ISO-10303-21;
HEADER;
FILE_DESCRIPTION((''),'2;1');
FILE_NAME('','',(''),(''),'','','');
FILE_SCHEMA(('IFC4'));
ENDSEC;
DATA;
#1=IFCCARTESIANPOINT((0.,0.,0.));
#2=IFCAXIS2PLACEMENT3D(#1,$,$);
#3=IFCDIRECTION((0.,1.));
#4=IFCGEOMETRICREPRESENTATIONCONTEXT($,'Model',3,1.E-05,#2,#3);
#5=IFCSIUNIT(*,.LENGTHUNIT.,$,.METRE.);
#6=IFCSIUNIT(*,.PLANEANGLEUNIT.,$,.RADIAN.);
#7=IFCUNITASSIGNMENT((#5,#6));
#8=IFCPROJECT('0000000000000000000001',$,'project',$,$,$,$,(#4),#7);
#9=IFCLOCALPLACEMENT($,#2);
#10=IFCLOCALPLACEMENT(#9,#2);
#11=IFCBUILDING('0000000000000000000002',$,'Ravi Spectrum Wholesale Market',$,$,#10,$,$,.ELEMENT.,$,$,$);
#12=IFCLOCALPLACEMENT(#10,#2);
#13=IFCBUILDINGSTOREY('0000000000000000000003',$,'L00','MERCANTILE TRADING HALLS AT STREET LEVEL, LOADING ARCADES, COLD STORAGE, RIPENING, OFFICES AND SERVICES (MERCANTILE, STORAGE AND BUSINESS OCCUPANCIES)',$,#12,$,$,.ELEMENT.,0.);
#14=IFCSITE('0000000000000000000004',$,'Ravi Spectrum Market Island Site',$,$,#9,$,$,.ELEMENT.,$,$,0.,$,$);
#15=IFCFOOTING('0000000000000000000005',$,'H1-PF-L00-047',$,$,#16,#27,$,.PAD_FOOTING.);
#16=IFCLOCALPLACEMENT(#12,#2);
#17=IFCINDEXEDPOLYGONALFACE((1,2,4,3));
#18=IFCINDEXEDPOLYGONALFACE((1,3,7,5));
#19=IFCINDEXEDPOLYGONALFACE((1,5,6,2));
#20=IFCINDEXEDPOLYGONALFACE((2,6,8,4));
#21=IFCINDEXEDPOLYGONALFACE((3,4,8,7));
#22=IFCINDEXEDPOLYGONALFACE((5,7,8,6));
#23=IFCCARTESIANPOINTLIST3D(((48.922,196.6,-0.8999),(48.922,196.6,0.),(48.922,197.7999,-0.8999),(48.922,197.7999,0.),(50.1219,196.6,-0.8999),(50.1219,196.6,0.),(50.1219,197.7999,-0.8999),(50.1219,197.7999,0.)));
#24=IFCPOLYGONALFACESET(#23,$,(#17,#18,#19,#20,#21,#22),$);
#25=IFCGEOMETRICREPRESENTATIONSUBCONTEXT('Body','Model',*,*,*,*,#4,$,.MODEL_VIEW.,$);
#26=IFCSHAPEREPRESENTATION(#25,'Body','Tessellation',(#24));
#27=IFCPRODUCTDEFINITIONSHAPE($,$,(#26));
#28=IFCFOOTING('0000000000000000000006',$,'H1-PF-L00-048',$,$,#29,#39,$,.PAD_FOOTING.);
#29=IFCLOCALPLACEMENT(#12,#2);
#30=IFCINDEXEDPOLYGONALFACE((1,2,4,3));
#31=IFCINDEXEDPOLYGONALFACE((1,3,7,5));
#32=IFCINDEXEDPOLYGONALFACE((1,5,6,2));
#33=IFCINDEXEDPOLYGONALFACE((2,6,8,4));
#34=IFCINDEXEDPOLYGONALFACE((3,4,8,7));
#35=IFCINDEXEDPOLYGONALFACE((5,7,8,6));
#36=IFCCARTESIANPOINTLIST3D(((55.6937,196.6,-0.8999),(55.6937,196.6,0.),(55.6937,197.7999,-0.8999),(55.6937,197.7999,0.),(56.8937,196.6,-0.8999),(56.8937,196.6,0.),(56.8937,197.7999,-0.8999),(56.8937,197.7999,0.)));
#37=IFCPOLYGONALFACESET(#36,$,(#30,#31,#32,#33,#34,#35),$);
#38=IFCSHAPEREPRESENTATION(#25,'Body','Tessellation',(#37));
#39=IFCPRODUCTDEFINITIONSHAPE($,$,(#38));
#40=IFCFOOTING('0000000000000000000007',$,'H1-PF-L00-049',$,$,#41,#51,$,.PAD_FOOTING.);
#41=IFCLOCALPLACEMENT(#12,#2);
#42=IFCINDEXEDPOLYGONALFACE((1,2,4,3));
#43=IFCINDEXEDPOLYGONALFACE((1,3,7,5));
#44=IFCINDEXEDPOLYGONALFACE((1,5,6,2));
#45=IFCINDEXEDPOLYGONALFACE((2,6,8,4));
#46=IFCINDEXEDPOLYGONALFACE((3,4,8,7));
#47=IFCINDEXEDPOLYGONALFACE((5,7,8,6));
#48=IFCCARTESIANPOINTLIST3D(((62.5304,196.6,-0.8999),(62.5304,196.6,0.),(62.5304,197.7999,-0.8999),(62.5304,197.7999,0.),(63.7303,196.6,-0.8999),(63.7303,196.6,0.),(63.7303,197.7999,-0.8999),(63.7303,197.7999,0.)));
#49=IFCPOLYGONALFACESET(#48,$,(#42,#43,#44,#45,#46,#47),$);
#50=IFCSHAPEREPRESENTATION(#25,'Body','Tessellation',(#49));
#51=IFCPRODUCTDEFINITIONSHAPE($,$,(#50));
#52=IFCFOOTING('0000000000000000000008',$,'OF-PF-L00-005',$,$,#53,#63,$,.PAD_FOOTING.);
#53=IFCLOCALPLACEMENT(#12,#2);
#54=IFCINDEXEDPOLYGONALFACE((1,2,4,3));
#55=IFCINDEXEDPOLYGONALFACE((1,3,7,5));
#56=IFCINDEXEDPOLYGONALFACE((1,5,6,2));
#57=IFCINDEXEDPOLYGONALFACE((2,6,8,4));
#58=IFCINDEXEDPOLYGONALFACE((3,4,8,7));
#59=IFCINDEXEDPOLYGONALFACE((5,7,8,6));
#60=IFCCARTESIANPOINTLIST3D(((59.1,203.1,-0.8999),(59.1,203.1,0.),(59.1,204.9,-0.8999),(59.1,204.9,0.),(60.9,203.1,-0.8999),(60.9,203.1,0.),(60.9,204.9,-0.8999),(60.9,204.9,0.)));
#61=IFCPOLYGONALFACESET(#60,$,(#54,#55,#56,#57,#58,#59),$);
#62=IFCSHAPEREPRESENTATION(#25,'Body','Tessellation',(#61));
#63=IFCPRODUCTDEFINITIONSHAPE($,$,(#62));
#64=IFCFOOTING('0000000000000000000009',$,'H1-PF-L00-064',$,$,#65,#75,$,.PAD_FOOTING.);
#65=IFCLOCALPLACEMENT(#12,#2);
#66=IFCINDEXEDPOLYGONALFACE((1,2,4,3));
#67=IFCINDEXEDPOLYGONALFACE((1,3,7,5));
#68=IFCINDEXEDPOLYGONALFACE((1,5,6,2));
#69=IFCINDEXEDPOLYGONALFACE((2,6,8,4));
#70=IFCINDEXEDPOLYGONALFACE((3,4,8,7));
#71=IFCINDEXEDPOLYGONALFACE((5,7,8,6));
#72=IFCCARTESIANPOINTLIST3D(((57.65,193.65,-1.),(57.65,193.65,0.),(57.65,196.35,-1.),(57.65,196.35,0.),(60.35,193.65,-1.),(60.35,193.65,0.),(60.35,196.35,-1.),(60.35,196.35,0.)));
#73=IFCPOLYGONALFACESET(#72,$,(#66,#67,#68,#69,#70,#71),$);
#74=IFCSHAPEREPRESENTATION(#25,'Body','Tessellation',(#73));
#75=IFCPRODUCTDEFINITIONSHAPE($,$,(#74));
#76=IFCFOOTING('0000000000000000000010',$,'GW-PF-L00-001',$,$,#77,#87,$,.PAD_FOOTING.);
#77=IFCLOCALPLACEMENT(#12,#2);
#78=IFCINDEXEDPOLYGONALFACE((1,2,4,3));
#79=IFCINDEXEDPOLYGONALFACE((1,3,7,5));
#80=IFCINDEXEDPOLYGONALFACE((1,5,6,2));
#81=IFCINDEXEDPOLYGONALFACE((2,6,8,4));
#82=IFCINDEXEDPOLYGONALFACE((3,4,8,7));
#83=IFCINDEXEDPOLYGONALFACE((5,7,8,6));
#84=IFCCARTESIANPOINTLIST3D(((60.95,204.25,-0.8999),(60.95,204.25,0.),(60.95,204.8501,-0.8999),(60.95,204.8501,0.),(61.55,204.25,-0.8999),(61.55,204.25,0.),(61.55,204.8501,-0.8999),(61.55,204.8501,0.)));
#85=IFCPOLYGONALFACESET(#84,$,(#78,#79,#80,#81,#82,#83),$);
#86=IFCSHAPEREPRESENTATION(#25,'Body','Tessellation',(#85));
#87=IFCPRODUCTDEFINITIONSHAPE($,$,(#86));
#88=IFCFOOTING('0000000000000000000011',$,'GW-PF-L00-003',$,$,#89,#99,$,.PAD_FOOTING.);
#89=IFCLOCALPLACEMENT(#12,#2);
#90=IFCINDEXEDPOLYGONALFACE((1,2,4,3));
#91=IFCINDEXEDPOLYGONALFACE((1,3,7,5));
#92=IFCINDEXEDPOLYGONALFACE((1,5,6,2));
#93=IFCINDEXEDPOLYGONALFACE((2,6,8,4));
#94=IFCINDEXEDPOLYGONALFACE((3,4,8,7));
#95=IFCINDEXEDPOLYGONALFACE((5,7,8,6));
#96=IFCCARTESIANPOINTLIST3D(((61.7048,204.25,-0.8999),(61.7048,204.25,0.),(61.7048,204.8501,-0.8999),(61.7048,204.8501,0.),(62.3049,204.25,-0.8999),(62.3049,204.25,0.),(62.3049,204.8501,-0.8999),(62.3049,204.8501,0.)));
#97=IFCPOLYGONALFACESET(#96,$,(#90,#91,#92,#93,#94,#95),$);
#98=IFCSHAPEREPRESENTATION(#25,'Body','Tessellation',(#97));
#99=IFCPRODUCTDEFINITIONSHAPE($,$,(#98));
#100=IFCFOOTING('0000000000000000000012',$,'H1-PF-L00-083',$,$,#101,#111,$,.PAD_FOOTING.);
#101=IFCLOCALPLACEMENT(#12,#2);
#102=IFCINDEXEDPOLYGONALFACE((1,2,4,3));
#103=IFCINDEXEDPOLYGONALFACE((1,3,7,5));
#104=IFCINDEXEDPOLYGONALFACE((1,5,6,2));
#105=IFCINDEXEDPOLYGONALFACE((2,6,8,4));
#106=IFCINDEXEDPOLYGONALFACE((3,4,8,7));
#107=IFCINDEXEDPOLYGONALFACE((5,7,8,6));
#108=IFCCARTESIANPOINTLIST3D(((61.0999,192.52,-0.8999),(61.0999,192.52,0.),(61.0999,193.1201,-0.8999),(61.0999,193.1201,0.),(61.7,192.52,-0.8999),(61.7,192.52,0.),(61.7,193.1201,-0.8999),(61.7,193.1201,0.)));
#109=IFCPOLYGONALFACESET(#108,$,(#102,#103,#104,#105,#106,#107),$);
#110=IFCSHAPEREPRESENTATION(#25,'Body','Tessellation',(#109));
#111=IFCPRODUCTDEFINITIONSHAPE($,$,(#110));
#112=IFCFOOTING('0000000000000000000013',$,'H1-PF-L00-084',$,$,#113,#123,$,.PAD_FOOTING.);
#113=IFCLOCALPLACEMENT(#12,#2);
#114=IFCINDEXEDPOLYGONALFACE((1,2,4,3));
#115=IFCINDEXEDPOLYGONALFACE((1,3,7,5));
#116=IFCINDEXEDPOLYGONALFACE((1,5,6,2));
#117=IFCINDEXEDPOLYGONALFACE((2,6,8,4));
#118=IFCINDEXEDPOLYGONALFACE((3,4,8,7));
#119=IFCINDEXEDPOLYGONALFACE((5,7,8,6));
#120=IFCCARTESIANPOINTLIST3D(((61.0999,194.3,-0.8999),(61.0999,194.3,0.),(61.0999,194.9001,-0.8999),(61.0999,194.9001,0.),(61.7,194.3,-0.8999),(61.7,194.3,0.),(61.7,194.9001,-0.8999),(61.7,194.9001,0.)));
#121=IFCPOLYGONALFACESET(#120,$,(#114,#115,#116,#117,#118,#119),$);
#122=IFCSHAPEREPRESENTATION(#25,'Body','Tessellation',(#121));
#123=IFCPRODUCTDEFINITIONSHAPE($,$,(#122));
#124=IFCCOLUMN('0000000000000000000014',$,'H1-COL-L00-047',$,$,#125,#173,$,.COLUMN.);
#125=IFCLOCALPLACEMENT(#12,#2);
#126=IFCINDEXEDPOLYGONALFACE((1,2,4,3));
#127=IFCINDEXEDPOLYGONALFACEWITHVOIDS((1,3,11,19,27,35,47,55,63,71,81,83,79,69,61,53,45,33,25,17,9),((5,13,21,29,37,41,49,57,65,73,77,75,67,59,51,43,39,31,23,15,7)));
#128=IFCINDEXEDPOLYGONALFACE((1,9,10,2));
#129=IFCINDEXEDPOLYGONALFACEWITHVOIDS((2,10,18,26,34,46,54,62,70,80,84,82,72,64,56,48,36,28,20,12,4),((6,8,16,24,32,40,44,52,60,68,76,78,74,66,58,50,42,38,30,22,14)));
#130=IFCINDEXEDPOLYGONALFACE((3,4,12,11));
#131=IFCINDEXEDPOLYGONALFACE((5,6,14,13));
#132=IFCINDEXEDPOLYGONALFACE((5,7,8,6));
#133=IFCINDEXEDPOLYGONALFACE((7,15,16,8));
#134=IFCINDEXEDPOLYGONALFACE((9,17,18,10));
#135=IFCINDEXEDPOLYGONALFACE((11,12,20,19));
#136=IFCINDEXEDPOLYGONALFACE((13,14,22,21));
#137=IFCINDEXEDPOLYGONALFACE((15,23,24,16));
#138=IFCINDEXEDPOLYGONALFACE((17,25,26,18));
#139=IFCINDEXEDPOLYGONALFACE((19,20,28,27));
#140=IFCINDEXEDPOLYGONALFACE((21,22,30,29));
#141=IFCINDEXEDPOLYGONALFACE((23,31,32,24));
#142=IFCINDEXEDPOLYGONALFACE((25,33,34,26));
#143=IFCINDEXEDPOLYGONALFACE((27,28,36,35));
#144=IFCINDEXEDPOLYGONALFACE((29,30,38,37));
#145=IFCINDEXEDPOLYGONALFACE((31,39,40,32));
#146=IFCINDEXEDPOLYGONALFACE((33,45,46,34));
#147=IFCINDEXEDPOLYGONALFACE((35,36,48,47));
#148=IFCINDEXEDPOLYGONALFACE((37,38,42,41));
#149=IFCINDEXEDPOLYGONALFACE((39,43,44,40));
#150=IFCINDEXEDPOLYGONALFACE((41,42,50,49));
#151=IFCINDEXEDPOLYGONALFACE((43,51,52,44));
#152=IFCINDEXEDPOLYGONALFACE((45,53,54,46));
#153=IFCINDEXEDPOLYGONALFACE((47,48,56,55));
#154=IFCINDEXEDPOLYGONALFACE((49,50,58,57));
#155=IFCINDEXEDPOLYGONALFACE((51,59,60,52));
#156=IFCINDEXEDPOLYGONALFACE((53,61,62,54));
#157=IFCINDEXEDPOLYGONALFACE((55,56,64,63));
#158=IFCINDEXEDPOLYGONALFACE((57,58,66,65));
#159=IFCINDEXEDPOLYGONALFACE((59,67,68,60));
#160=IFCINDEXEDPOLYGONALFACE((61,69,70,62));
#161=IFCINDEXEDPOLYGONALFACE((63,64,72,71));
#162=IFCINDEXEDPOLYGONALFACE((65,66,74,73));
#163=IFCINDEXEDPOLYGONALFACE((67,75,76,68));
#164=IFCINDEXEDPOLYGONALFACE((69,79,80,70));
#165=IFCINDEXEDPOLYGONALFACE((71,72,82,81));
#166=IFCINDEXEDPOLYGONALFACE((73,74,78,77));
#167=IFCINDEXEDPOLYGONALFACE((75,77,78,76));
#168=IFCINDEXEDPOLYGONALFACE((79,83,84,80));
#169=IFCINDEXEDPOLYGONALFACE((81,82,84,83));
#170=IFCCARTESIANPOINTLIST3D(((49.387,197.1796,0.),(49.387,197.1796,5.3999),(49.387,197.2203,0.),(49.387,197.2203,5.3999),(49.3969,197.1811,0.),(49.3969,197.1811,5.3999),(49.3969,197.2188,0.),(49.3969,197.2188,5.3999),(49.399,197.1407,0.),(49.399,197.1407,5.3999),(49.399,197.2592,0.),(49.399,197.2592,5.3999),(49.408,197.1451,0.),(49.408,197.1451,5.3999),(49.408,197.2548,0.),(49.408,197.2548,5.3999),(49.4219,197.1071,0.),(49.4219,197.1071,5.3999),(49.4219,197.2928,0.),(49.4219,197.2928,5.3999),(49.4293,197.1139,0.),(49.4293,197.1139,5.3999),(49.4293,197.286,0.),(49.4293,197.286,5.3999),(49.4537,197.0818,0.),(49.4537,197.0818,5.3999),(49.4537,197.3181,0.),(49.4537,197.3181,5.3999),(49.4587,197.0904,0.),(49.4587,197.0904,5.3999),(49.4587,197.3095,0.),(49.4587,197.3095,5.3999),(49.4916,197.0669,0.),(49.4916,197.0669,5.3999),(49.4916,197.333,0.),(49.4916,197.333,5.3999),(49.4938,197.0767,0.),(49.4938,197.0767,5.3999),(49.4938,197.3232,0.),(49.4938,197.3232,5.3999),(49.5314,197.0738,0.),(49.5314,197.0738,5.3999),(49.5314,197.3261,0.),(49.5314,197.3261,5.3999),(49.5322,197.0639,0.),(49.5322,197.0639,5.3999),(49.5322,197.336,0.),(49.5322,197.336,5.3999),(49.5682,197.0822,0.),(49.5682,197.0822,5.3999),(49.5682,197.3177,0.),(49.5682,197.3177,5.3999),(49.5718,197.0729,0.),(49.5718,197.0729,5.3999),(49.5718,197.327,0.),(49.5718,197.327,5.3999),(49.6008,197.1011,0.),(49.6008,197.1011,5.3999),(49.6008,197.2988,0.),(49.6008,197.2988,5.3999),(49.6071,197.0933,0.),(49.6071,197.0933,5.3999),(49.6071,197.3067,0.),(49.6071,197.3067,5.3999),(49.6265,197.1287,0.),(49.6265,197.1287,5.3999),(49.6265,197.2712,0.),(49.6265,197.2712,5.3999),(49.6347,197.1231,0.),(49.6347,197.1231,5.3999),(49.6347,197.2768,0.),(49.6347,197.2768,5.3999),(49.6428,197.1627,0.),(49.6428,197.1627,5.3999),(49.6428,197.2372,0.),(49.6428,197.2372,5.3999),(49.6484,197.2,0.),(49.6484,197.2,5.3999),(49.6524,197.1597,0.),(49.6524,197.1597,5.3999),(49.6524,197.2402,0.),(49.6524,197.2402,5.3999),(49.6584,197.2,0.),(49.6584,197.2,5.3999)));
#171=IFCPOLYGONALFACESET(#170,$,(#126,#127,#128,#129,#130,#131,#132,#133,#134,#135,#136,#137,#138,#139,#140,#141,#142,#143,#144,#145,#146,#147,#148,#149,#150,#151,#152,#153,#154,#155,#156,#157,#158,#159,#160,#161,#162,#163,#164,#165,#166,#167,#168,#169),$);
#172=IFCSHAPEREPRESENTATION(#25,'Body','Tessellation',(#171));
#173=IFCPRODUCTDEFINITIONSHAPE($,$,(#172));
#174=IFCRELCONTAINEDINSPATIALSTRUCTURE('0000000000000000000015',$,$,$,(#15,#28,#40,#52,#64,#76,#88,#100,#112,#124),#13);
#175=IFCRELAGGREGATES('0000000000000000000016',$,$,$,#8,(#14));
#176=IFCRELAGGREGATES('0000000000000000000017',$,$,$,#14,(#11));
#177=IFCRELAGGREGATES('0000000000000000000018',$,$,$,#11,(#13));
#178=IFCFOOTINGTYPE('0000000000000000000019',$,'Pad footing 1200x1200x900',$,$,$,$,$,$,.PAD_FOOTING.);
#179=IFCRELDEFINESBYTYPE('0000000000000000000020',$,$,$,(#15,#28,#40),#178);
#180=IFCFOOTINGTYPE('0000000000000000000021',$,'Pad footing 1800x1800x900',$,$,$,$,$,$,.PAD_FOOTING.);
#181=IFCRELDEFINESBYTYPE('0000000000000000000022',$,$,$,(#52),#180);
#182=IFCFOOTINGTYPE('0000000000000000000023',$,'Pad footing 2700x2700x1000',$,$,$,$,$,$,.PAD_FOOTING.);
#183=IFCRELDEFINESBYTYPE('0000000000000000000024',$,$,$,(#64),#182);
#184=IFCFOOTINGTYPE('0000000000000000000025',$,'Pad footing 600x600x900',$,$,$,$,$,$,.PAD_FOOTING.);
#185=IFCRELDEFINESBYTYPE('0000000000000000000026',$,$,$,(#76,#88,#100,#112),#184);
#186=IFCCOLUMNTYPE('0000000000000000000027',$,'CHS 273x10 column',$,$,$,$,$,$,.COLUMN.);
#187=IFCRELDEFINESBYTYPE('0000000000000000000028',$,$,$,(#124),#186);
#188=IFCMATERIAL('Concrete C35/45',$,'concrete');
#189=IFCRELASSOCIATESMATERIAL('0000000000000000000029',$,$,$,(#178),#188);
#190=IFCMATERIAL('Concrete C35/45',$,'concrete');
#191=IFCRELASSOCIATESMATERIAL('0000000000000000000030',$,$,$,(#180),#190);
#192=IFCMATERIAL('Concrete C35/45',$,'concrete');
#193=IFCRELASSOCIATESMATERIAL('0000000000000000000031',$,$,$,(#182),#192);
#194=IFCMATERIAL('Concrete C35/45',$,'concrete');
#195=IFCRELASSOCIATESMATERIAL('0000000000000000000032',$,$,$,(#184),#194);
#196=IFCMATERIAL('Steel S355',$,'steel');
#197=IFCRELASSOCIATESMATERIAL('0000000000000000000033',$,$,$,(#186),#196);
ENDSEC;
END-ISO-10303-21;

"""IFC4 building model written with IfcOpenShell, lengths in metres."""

from ifc_helpers import new_model, si_unit, direction, frame, origin, origin_2d, place, context, subcontext, project, spatial, rectangle, hollow_circle, extrude, material, material_profile, profile_set, type_object, element, save


model = new_model("IFC4")

# Units and contexts
model_context = context("Model", 3, precision=1e-05, world=origin(), true_north=direction((0.0, 1.0)))
body_context = subcontext(model_context, "Body", "Model", "MODEL_VIEW")
ifc_project = project(units=[si_unit("LENGTHUNIT", "METRE"), si_unit("PLANEANGLEUNIT", "RADIAN")], contexts=[model_context])

# Site, building, storey
site_placement = place(None, origin())
site = spatial("IfcSite", under=ifc_project, at=site_placement, Name="Ravi Spectrum Market Island Site", CompositionType="ELEMENT", RefElevation=0.0)
building_placement = place(site_placement, origin())
building = spatial("IfcBuilding", under=site, at=building_placement, Name="Ravi Spectrum Wholesale Market", CompositionType="ELEMENT")
storey_placement = place(building_placement, origin())
storey = spatial("IfcBuildingStorey", under=building, at=storey_placement, Name="L00", Description="MERCANTILE TRADING HALLS AT STREET LEVEL, LOADING ARCADES, COLD STORAGE, RIPENING, OFFICES AND SERVICES (MERCANTILE, STORAGE AND BUSINESS OCCUPANCIES)", CompositionType="ELEMENT", Elevation=0.0)

# Footings
ifc_material_1 = material(Name="Concrete C35/45", Category="concrete")
footing_type_1 = type_object("IfcFootingType", Name="Pad footing 1200x1200x900", PredefinedType="PAD_FOOTING", material=ifc_material_1)
for number, where, z_axis, x_axis, name in (
    (1, (49.522, 197.2, -0.8999), (0.0, 0.0, 1.0), (1.0, 0.0, 0.0), "H1-PF-L00-047"),
    (2, (56.2937, 197.2, -0.8999), (0.0, 0.0, 1.0), (1.0, 0.0, 0.0), "H1-PF-L00-048"),
    (3, (63.1304, 197.2, -0.8999), (0.0, 0.0, 1.0), (1.0, 0.0, 0.0), "H1-PF-L00-049"),
):
    element("IfcFooting", number, at=place(storey_placement, frame(where, z_axis=z_axis, x_axis=x_axis)), inside=storey, type_object=footing_type_1, Name=name, PredefinedType="PAD_FOOTING", context=body_context, shape_type="SweptSolid", body=[
        extrude(rectangle(XDim=1.2, YDim=1.2, at=origin_2d()), origin(), (0.0, 0.0, 1.0), 0.8999),
    ])
ifc_material_2 = material(Name="Concrete C35/45", Category="concrete")
footing_type_2 = type_object("IfcFootingType", Name="Pad footing 1800x1800x900", PredefinedType="PAD_FOOTING", material=ifc_material_2)
footing_1_placement = place(storey_placement, frame((60.0, 204.0, -0.8999), z_axis=(0.0, 0.0, 1.0), x_axis=(1.0, 0.0, 0.0)))
element("IfcFooting", 4, at=footing_1_placement, inside=storey, type_object=footing_type_2, Name="OF-PF-L00-005", PredefinedType="PAD_FOOTING", context=body_context, shape_type="SweptSolid", body=[
    extrude(rectangle(XDim=1.8, YDim=1.8, at=origin_2d()), origin(), (0.0, 0.0, 1.0), 0.8999),
])
ifc_material_3 = material(Name="Concrete C35/45", Category="concrete")
footing_type_3 = type_object("IfcFootingType", Name="Pad footing 2700x2700x1000", PredefinedType="PAD_FOOTING", material=ifc_material_3)
footing_2_placement = place(storey_placement, frame((59.0, 195.0, -1.0), z_axis=(0.0, 0.0, 1.0), x_axis=(1.0, 0.0, 0.0)))
element("IfcFooting", 5, at=footing_2_placement, inside=storey, type_object=footing_type_3, Name="H1-PF-L00-064", PredefinedType="PAD_FOOTING", context=body_context, shape_type="SweptSolid", body=[
    extrude(rectangle(XDim=2.7, YDim=2.7, at=origin_2d()), origin(), (0.0, 0.0, 1.0), 1.0),
])
ifc_material_4 = material(Name="Concrete C35/45", Category="concrete")
footing_type_4 = type_object("IfcFootingType", Name="Pad footing 600x600x900", PredefinedType="PAD_FOOTING", material=ifc_material_4)
for number, where, z_axis, x_axis, name in (
    (6, (61.25, 204.55, -0.8999), (0.0, 0.0, 1.0), (1.0, 0.0, 0.0), "GW-PF-L00-001"),
    (7, (62.0049, 204.55, -0.8999), (0.0, 0.0, 1.0), (1.0, 0.0, 0.0), "GW-PF-L00-003"),
    (8, (61.3999, 192.8201, -0.8999), (0.0, 0.0, 1.0), (1.0, 0.0, 0.0), "H1-PF-L00-083"),
    (9, (61.3999, 194.6001, -0.8999), (0.0, 0.0, 1.0), (1.0, 0.0, 0.0), "H1-PF-L00-084"),
):
    element("IfcFooting", number, at=place(storey_placement, frame(where, z_axis=z_axis, x_axis=x_axis)), inside=storey, type_object=footing_type_4, Name=name, PredefinedType="PAD_FOOTING", context=body_context, shape_type="SweptSolid", body=[
        extrude(rectangle(XDim=0.6001, YDim=0.6001, at=origin_2d()), origin(), (0.0, 0.0, 1.0), 0.8999),
    ])

# Column
ifc_material_5 = material(Name="Steel S355", Category="steel")
ifc_material_profile_1 = material_profile(ifc_material_5, hollow_circle(Radius=0.1365, WallThickness=0.01, at=origin_2d()))
ifc_profile_set_1 = profile_set([ifc_material_profile_1], Name="Steel S355")
column_type_1 = type_object("IfcColumnType", Name="CHS 273x10 column", PredefinedType="COLUMN", material=ifc_profile_set_1)
for number, where, z_axis, x_axis, name in (
    (10, (49.522, 197.2, 0.0), (0.0, 0.0, 1.0), (1.0, 0.0, 0.0), "H1-COL-L00-047"),
):
    element("IfcColumn", number, at=place(storey_placement, frame(where, z_axis=z_axis, x_axis=x_axis)), inside=storey, type_object=column_type_1, Name=name, PredefinedType="COLUMN", context=body_context, shape_type="SweptSolid", body=[
        extrude(hollow_circle(Radius=0.1365, WallThickness=0.01, at=origin_2d()), origin(), (0.0, 0.0, 1.0), 5.3999),
    ])

save(model, "model.ifc")
